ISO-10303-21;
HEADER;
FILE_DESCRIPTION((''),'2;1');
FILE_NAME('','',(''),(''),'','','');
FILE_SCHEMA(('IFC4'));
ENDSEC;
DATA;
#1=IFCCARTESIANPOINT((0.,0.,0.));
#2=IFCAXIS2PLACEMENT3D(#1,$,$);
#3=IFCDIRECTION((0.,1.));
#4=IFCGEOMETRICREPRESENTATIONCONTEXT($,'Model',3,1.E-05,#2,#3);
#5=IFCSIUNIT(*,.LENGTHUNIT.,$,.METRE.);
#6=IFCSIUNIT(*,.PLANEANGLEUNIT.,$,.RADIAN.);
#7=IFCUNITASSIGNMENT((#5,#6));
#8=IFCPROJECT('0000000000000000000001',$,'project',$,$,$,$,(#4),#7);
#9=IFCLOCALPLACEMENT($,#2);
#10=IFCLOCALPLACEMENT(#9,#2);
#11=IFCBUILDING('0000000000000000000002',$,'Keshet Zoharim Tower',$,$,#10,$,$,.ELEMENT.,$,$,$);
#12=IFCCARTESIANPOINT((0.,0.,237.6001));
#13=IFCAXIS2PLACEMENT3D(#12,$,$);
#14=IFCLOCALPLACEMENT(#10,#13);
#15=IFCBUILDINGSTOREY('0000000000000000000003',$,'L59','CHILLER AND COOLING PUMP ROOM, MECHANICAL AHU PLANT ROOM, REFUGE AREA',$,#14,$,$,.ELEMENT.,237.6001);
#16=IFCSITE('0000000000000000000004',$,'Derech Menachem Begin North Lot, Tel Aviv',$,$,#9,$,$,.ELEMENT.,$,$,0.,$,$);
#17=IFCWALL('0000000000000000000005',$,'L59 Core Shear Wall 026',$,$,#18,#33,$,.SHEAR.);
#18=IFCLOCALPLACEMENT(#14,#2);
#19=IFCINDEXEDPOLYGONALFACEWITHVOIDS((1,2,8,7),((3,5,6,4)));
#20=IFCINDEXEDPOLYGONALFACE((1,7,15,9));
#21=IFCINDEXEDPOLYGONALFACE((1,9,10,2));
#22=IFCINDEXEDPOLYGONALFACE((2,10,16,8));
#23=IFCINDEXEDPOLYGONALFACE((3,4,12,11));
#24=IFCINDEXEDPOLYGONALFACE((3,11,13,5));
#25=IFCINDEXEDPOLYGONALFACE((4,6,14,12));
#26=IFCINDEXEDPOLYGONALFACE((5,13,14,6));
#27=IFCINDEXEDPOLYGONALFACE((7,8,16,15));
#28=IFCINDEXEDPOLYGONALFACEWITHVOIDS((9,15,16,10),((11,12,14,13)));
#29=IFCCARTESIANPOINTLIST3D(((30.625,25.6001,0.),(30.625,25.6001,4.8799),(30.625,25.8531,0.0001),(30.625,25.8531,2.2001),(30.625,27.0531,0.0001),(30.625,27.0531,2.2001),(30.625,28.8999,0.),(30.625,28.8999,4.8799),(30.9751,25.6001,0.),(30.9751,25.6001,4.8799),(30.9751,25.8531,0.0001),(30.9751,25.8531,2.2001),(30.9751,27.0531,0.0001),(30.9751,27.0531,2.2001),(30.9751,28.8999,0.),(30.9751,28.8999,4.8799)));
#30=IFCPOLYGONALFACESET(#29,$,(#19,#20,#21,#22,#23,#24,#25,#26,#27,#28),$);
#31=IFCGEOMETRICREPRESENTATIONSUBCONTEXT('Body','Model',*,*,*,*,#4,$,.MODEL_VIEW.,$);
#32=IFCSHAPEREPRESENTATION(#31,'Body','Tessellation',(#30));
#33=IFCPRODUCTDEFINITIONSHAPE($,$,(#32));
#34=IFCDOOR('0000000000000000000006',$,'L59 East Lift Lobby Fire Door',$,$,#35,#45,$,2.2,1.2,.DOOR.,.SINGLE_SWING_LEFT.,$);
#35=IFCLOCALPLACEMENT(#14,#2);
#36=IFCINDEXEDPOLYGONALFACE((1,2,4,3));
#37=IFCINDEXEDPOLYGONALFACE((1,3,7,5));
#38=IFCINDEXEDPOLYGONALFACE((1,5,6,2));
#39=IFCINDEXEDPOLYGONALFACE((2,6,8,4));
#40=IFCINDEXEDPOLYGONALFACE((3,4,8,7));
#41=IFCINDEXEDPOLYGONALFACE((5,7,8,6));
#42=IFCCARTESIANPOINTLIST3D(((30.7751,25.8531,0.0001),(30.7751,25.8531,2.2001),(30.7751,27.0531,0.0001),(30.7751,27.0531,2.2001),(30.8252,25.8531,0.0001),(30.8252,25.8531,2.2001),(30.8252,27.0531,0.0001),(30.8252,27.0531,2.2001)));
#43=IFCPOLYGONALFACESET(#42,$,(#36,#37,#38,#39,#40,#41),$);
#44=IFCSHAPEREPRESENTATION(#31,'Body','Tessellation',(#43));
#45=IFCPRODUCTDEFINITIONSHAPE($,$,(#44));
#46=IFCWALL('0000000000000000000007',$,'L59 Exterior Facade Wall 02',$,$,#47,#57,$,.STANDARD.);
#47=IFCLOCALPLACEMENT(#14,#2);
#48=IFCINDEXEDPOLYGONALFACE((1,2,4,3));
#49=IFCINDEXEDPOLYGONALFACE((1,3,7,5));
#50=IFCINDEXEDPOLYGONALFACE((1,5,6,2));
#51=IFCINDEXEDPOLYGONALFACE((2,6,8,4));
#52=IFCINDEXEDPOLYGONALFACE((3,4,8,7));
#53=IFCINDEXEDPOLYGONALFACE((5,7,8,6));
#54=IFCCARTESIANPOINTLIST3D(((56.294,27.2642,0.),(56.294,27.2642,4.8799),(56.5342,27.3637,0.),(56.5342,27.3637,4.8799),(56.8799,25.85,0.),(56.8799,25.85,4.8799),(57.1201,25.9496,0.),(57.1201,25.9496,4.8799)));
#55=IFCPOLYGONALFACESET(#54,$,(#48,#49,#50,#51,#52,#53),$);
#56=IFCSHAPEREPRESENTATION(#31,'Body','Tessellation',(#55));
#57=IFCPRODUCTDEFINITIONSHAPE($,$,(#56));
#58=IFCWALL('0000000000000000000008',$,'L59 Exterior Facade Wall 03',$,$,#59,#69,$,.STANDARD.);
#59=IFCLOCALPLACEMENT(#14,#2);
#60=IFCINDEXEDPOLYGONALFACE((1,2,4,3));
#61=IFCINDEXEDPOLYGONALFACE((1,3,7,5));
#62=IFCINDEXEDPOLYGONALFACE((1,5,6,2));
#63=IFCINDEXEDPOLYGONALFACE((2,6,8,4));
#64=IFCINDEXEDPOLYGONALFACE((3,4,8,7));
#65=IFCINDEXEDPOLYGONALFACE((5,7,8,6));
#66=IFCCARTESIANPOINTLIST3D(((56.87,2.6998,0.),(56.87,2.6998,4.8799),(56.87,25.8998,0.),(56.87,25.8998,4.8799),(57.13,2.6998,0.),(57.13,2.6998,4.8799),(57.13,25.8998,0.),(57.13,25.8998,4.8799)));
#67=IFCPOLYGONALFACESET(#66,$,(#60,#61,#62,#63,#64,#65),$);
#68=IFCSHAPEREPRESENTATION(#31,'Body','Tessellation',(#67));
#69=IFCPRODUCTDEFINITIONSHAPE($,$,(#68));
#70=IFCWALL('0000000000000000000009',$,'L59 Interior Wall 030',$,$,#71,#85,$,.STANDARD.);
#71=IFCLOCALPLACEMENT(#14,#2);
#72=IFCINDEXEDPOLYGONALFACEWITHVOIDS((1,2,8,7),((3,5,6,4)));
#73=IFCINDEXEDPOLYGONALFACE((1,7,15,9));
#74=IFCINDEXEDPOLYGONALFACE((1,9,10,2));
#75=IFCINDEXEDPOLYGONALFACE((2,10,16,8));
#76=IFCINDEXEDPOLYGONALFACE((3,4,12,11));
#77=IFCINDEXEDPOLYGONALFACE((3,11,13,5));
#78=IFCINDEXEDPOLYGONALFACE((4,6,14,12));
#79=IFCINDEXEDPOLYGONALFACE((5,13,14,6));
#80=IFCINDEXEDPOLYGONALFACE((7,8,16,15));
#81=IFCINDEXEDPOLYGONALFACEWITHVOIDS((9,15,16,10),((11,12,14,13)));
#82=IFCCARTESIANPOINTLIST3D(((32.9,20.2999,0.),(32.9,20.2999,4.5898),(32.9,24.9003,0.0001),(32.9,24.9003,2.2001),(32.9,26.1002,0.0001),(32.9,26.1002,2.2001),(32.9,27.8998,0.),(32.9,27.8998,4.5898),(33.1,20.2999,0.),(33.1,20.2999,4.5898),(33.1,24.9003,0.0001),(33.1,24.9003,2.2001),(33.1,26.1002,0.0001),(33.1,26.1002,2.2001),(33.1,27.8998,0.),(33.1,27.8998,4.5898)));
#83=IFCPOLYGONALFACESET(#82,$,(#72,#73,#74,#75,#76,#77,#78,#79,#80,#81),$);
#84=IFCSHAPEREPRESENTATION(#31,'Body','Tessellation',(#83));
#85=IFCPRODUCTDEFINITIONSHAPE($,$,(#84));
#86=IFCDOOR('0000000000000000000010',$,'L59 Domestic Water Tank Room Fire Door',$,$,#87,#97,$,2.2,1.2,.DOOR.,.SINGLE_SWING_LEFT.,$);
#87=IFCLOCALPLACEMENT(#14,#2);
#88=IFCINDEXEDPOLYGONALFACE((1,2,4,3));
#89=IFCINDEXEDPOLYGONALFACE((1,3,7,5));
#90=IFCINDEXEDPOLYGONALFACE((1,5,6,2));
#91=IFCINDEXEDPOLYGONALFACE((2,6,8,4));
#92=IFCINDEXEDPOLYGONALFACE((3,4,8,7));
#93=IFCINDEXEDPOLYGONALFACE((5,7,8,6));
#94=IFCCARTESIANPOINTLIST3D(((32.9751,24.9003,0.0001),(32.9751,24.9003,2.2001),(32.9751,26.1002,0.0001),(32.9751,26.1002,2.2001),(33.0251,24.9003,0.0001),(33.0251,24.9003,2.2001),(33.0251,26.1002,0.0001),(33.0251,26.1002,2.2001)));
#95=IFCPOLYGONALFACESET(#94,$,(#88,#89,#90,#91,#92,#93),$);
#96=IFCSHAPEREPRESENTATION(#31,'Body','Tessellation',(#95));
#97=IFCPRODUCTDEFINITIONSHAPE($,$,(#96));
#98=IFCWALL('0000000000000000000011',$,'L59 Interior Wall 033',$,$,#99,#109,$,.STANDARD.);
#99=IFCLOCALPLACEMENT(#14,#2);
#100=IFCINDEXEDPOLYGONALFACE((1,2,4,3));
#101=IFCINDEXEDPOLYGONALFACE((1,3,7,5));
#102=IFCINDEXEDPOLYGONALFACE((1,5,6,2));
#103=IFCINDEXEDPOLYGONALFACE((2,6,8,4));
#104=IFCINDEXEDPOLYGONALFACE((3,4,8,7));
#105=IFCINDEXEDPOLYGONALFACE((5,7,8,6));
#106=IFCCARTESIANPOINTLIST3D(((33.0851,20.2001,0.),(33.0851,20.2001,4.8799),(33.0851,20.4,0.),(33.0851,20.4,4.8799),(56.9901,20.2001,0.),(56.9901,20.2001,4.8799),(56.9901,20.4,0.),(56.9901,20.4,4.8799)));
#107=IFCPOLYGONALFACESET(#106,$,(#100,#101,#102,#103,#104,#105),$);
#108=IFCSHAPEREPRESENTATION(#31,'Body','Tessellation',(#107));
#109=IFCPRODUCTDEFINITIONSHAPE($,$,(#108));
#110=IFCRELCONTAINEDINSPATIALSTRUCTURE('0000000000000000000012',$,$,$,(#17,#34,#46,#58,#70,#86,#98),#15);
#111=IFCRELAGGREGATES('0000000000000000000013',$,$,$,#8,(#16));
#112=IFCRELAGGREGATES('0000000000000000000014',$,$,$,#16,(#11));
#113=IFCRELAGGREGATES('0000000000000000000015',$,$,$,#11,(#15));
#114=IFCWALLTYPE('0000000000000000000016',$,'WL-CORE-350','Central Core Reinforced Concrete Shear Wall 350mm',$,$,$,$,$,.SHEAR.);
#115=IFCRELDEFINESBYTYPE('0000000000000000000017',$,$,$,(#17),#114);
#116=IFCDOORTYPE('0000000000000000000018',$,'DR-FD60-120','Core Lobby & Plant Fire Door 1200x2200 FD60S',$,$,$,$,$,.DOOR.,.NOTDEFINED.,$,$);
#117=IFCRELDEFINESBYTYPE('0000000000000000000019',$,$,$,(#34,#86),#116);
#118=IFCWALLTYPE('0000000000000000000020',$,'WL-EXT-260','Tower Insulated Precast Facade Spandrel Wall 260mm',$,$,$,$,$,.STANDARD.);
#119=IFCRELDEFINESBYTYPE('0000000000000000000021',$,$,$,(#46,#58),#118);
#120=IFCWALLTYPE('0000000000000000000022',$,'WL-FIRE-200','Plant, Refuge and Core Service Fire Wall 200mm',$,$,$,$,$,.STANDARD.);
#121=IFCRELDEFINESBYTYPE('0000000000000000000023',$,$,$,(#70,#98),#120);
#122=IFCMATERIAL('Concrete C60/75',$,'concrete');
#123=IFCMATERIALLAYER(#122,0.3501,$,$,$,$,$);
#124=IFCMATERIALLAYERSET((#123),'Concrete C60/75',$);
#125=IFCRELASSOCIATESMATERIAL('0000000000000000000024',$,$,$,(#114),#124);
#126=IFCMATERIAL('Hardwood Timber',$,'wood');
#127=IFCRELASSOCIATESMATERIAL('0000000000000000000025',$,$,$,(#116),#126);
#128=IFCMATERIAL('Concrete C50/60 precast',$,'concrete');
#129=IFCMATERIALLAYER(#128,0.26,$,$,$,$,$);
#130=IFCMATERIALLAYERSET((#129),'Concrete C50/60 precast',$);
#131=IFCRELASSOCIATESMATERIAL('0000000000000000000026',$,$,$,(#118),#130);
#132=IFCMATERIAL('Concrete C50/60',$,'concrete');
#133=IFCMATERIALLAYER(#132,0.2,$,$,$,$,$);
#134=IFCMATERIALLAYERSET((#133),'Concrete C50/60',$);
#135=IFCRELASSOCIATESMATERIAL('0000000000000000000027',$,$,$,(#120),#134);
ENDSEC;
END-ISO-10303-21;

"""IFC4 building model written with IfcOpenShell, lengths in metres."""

from ifc_helpers import new_model, si_unit, direction, frame, frame_2d, origin, place, context, subcontext, project, spatial, rectangle, extrude, material, layer, layer_set, type_object, element, fill, save


model = new_model("IFC4")

# Units and contexts
model_context = context("Model", 3, precision=1e-05, world=origin(), true_north=direction((0.0, 1.0)))
body_context = subcontext(model_context, "Body", "Model", "MODEL_VIEW")
ifc_project = project(units=[si_unit("LENGTHUNIT", "METRE"), si_unit("PLANEANGLEUNIT", "RADIAN")], contexts=[model_context])

# Site, building, storey
site_placement = place(None, origin())
site = spatial("IfcSite", under=ifc_project, at=site_placement, Name="Derech Menachem Begin North Lot, Tel Aviv", CompositionType="ELEMENT", RefElevation=0.0)
building_placement = place(site_placement, origin())
building = spatial("IfcBuilding", under=site, at=building_placement, Name="Keshet Zoharim Tower", CompositionType="ELEMENT")
storey_placement = place(building_placement, frame((0.0, 0.0, 237.6001)))
storey = spatial("IfcBuildingStorey", under=building, at=storey_placement, Name="L59", Description="CHILLER AND COOLING PUMP ROOM, MECHANICAL AHU PLANT ROOM, REFUGE AREA", CompositionType="ELEMENT", Elevation=237.6001)

# Shared definitions
ifc_material_1 = material(Name="Concrete C50/60", Category="concrete")

# Shared definitions
ifc_material_2 = material(Name="Concrete C60/75", Category="concrete")
ifc_layer_1 = layer(ifc_material_2, 0.3501)
ifc_layer_set_1 = layer_set([ifc_layer_1], Name="Concrete C60/75")
wall_type_1 = type_object("IfcWallType", Name="WL-CORE-350", Description="Central Core Reinforced Concrete Shear Wall 350mm", PredefinedType="SHEAR", material=ifc_layer_set_1)

# Wall, opening, door
wall_1_placement = place(storey_placement, frame((30.8, 25.6001, 0.0), z_axis=(0.0, 0.0, 1.0), x_axis=(0.0, 1.0, 0.0)))
wall_1 = element("IfcWall", 1, at=wall_1_placement, inside=storey, type_object=wall_type_1, Name="L59 Core Shear Wall 026", PredefinedType="SHEAR", context=body_context, shape_type="SweptSolid", body=[
    extrude(rectangle(XDim=3.2998, YDim=0.3501, at=frame_2d((1.6499, 0.0))), origin(), (0.0, 0.0, 1.0), 4.8799),
])
opening_1_placement = place(wall_1_placement, frame((0.2529, 0.0, 0.0)))
opening_1 = element("IfcOpeningElement", 2, at=opening_1_placement, cuts=wall_1, PredefinedType="OPENING", context=body_context, shape_type="SweptSolid", body=[
    extrude(rectangle(XDim=1.2, YDim=2.2, at=frame_2d((0.6001, 1.1001))), frame((0.0, 0.1851, 0.0), z_axis=(0.0, -1.0, 0.0), x_axis=(1.0, 0.0, 0.0)), (0.0, 0.0, 1.0), 0.3701),
])
ifc_material_3 = material(Name="Hardwood Timber", Category="wood")
door_type_1 = type_object("IfcDoorType", Name="DR-FD60-120", Description="Core Lobby & Plant Fire Door 1200x2200 FD60S", OperationType="NOTDEFINED", PredefinedType="DOOR", material=ifc_material_3)
door_1_placement = place(opening_1_placement, origin())
door_1 = element("IfcDoor", 3, at=door_1_placement, inside=storey, type_object=door_type_1, Name="L59 East Lift Lobby Fire Door", OperationType="SINGLE_SWING_LEFT", OverallHeight=2.2, OverallWidth=1.2, PredefinedType="DOOR", context=body_context, shape_type="SweptSolid", body=[
    extrude(rectangle(XDim=1.2, YDim=2.2, at=frame_2d((0.6001, 1.1001))), frame((0.0, 0.0249, 0.0), z_axis=(0.0, -1.0, 0.0), x_axis=(1.0, 0.0, 0.0)), (0.0, 0.0, 1.0), 0.05),
])
fill(opening_1, door_1)

# Walls
ifc_material_4 = material(Name="Concrete C50/60 precast", Category="concrete")
ifc_layer_2 = layer(ifc_material_4, 0.26)
ifc_layer_set_2 = layer_set([ifc_layer_2], Name="Concrete C50/60 precast")
wall_type_2 = type_object("IfcWallType", Name="WL-EXT-260", Description="Tower Insulated Precast Facade Spandrel Wall 260mm", PredefinedType="STANDARD", material=ifc_layer_set_2)
wall_2_placement = place(storey_placement, frame((56.4141, 27.314, 0.0), z_axis=(0.0, 0.0, 1.0), x_axis=(0.382803, -0.92383, 0.0)))
element("IfcWall", 4, at=wall_2_placement, inside=storey, type_object=wall_type_2, Name="L59 Exterior Facade Wall 02", PredefinedType="STANDARD", context=body_context, shape_type="SweptSolid", body=[
    extrude(rectangle(XDim=1.5308, YDim=0.26, at=frame_2d((0.7654, 0.0))), origin(), (0.0, 0.0, 1.0), 4.8799),
])
wall_3_placement = place(storey_placement, frame((57.0, 25.8999, 0.0), z_axis=(0.0, 0.0, 1.0), x_axis=(0.0, -1.0, 0.0)))
element("IfcWall", 5, at=wall_3_placement, inside=storey, type_object=wall_type_2, Name="L59 Exterior Facade Wall 03", PredefinedType="STANDARD", context=body_context, shape_type="SweptSolid", body=[
    extrude(rectangle(XDim=23.2, YDim=0.26, at=frame_2d((11.6001, 0.0))), origin(), (0.0, 0.0, 1.0), 4.8799),
])

# Wall, opening, door
ifc_layer_3 = layer(ifc_material_1, 0.2)
ifc_layer_set_3 = layer_set([ifc_layer_3], Name="Concrete C50/60")
wall_type_3 = type_object("IfcWallType", Name="WL-FIRE-200", Description="Plant, Refuge and Core Service Fire Wall 200mm", PredefinedType="STANDARD", material=ifc_layer_set_3)
wall_4_placement = place(storey_placement, frame((33.0, 20.3, 0.0), z_axis=(0.0, 0.0, 1.0), x_axis=(0.0, 1.0, 0.0)))
wall_4 = element("IfcWall", 6, at=wall_4_placement, inside=storey, type_object=wall_type_3, Name="L59 Interior Wall 030", PredefinedType="STANDARD", context=body_context, shape_type="SweptSolid", body=[
    extrude(rectangle(XDim=7.5999, YDim=0.2, at=frame_2d((3.7998, 0.0))), origin(), (0.0, 0.0, 1.0), 4.5898),
])
opening_2_placement = place(wall_4_placement, frame((4.6001, 0.0, 0.0)))
opening_2 = element("IfcOpeningElement", 7, at=opening_2_placement, cuts=wall_4, PredefinedType="OPENING", context=body_context, shape_type="SweptSolid", body=[
    extrude(rectangle(XDim=1.2, YDim=2.2, at=frame_2d((0.6001, 1.1001))), frame((0.0, 0.1099, 0.0), z_axis=(0.0, -1.0, 0.0), x_axis=(1.0, 0.0, 0.0)), (0.0, 0.0, 1.0), 0.22),
])
door_2_placement = place(opening_2_placement, origin())
door_2 = element("IfcDoor", 8, at=door_2_placement, inside=storey, type_object=door_type_1, Name="L59 Domestic Water Tank Room Fire Door", OperationType="SINGLE_SWING_LEFT", OverallHeight=2.2, OverallWidth=1.2, PredefinedType="DOOR", context=body_context, shape_type="SweptSolid", body=[
    extrude(rectangle(XDim=1.2, YDim=2.2, at=frame_2d((0.6001, 1.1001))), frame((0.0, 0.0249, 0.0), z_axis=(0.0, -1.0, 0.0), x_axis=(1.0, 0.0, 0.0)), (0.0, 0.0, 1.0), 0.05),
])
fill(opening_2, door_2)

# Wall
wall_5_placement = place(storey_placement, frame((33.085, 20.3, 0.0), z_axis=(0.0, 0.0, 1.0), x_axis=(1.0, 0.0, 0.0)))
element("IfcWall", 9, at=wall_5_placement, inside=storey, type_object=wall_type_3, Name="L59 Interior Wall 033", PredefinedType="STANDARD", context=body_context, shape_type="SweptSolid", body=[
    extrude(rectangle(XDim=23.905, YDim=0.2, at=frame_2d((11.9526, 0.0))), origin(), (0.0, 0.0, 1.0), 4.8799),
])

save(model, "model.ifc")
